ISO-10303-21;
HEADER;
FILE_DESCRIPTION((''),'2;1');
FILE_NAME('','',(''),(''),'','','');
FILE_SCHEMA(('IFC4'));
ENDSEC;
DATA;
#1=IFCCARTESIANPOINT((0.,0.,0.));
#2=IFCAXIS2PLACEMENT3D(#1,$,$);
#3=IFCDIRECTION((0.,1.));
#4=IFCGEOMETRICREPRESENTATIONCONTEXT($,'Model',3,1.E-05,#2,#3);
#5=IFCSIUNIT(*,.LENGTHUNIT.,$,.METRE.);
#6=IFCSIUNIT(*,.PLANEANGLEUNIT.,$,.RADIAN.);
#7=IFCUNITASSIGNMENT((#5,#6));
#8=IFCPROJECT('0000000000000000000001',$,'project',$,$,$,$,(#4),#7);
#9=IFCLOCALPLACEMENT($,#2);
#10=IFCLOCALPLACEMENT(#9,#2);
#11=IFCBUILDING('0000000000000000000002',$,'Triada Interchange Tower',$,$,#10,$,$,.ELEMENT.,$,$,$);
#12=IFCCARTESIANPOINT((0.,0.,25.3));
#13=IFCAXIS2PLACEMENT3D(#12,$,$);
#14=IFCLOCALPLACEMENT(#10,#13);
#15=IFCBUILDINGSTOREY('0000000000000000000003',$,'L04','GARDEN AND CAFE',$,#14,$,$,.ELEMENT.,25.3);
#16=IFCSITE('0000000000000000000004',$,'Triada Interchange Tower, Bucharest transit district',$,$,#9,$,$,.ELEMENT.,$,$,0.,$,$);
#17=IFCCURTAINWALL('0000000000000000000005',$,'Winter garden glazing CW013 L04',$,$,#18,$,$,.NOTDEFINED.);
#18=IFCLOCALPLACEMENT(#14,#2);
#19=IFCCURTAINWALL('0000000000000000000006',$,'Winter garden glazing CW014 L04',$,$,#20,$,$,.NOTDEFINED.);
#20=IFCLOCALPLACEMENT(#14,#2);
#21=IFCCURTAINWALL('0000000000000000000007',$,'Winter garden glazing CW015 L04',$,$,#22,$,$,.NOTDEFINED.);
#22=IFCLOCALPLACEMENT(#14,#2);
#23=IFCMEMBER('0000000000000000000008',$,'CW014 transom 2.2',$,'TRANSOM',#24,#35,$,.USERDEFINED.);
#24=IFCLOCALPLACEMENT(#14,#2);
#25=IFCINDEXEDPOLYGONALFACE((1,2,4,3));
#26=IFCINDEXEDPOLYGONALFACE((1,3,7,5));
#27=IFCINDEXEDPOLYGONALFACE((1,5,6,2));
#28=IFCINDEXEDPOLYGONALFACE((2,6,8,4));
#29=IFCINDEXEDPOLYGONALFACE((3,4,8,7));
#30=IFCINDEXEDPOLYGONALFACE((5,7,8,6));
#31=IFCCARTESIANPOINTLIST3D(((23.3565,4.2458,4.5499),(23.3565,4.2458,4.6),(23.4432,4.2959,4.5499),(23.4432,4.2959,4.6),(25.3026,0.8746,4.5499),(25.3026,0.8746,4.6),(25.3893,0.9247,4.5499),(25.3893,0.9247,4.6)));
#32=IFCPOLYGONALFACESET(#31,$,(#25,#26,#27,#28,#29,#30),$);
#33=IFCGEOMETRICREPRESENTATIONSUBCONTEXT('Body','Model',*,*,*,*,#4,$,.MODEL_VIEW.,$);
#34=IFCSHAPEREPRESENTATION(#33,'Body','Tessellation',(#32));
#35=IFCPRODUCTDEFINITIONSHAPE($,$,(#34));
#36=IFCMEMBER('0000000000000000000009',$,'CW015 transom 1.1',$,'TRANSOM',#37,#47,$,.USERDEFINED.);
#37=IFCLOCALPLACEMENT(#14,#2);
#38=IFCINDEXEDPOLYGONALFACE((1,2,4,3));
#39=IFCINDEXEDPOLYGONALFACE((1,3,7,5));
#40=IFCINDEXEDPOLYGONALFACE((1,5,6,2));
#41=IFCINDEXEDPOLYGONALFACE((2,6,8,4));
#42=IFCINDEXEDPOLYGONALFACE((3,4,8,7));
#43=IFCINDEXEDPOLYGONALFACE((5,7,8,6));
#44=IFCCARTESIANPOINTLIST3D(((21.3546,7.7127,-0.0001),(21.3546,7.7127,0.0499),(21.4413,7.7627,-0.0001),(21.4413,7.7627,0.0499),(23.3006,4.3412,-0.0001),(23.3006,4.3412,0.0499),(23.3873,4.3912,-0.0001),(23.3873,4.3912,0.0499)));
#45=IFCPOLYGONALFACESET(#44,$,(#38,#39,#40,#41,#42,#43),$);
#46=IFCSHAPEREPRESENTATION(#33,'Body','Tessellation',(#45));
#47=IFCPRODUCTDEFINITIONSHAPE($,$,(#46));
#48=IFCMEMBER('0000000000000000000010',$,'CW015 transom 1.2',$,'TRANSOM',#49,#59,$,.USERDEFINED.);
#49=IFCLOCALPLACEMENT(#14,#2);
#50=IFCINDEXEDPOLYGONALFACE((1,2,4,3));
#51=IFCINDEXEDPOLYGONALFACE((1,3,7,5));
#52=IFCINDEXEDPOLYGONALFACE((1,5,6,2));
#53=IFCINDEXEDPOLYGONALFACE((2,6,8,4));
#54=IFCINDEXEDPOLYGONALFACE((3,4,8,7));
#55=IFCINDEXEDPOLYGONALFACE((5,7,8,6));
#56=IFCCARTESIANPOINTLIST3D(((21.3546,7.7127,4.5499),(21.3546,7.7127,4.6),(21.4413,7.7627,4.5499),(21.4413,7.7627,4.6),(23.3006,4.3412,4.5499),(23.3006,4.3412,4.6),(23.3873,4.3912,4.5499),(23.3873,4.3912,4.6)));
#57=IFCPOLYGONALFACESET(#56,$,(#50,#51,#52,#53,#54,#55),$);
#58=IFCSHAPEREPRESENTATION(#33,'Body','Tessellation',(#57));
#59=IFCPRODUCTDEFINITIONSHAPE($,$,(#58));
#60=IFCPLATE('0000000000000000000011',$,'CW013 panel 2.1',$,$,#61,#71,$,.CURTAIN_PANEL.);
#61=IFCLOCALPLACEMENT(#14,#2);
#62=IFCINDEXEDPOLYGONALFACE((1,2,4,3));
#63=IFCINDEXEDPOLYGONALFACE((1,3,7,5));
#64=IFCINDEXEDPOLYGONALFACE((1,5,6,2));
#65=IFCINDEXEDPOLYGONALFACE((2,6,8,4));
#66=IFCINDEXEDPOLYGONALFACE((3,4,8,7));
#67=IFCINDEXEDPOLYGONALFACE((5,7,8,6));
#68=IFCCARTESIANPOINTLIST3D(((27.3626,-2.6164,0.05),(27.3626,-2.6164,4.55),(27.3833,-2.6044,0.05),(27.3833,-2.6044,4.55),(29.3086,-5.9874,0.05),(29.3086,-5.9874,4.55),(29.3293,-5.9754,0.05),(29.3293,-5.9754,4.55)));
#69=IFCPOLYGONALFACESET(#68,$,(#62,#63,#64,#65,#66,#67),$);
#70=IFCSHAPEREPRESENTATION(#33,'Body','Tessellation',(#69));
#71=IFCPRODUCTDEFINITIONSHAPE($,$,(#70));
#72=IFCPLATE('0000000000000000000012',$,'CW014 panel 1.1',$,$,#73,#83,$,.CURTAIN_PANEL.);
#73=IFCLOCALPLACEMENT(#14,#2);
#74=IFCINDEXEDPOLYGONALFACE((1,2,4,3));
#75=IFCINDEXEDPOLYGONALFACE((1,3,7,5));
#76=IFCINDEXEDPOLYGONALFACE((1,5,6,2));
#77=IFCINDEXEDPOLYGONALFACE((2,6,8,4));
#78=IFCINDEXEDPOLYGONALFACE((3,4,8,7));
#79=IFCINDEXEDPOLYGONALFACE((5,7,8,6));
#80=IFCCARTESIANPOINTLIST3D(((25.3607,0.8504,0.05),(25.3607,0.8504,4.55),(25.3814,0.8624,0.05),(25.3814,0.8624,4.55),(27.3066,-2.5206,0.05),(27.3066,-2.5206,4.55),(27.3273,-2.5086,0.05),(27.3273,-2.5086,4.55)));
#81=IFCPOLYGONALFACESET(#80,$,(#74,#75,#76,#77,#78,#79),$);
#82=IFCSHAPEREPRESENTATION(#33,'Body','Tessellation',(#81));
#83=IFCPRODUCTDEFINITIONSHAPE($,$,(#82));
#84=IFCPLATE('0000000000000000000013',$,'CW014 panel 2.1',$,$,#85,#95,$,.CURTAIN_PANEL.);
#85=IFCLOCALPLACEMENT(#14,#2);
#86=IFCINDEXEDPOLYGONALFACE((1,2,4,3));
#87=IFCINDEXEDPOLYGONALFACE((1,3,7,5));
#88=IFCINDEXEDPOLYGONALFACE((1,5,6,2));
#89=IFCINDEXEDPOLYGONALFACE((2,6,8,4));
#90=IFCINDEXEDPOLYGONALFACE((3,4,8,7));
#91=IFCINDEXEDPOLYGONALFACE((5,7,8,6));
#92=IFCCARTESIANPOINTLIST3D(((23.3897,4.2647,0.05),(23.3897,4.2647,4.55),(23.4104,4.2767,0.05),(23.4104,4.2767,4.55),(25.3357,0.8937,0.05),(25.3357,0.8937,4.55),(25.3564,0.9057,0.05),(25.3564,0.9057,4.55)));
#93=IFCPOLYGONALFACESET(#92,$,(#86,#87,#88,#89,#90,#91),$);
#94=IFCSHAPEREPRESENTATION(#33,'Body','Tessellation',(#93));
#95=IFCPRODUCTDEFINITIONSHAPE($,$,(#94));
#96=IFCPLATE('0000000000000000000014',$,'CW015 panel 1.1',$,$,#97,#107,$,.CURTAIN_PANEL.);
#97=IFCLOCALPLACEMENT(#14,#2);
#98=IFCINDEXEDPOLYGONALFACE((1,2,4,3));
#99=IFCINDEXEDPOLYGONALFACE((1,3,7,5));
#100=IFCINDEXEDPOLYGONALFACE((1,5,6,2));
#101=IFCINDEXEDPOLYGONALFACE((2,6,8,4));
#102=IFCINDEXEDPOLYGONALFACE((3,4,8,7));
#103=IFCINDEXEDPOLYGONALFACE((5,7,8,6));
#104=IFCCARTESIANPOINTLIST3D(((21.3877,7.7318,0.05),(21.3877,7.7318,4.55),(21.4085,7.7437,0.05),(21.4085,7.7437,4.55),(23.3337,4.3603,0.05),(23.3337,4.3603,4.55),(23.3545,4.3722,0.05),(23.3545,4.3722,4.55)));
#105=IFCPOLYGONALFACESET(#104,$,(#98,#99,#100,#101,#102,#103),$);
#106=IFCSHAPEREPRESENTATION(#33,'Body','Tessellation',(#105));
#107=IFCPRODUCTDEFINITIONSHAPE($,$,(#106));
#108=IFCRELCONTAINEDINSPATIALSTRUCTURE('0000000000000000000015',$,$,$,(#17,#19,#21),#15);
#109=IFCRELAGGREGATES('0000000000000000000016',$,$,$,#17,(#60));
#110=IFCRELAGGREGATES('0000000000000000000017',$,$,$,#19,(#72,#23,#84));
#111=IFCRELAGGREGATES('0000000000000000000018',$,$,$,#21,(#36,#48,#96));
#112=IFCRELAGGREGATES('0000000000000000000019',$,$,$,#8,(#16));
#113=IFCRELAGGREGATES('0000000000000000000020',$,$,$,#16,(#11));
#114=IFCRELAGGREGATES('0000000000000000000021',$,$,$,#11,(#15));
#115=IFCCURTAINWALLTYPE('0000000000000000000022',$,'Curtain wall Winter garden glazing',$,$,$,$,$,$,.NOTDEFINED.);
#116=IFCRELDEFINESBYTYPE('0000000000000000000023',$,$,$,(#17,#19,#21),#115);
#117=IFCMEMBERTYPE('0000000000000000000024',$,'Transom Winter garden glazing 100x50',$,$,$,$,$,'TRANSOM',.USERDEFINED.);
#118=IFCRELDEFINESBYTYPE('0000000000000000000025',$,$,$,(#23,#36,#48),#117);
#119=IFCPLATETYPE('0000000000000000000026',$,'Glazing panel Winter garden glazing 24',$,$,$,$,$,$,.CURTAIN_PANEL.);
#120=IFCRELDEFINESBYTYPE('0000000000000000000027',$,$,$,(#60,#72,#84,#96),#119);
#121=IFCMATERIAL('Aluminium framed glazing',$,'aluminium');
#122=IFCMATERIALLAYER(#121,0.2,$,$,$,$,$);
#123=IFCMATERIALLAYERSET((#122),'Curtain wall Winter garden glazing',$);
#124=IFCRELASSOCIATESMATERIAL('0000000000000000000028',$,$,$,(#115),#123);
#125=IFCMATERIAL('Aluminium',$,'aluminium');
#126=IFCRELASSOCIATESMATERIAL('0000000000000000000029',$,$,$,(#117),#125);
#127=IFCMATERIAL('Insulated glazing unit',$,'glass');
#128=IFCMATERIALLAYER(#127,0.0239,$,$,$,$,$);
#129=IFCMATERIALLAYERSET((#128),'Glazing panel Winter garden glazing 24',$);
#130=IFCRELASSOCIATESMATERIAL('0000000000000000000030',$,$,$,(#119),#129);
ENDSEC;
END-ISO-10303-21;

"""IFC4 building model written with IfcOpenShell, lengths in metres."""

from ifc_helpers import new_model, si_unit, direction, frame, origin, origin_2d, place, context, subcontext, project, spatial, rectangle, extrude, material, layer, layer_set, material_profile, profile_set, type_object, element, aggregate, save


model = new_model("IFC4")

# Units and contexts
model_context = context("Model", 3, precision=1e-05, world=origin(), true_north=direction((0.0, 1.0)))
body_context = subcontext(model_context, "Body", "Model", "MODEL_VIEW")
ifc_project = project(units=[si_unit("LENGTHUNIT", "METRE"), si_unit("PLANEANGLEUNIT", "RADIAN")], contexts=[model_context])

# Site, building, storey
site_placement = place(None, origin())
site = spatial("IfcSite", under=ifc_project, at=site_placement, Name="Triada Interchange Tower, Bucharest transit district", CompositionType="ELEMENT", RefElevation=0.0)
building_placement = place(site_placement, origin())
building = spatial("IfcBuilding", under=site, at=building_placement, Name="Triada Interchange Tower", CompositionType="ELEMENT")
storey_placement = place(building_placement, frame((0.0, 0.0, 25.3)))
storey = spatial("IfcBuildingStorey", under=building, at=storey_placement, Name="L04", Description="GARDEN AND CAFE", CompositionType="ELEMENT", Elevation=25.3)

# Curtain wall
ifc_material_1 = material(Name="Aluminium framed glazing", Category="aluminium")
ifc_layer_1 = layer(ifc_material_1, 0.2)
ifc_layer_set_1 = layer_set([ifc_layer_1], Name="Curtain wall Winter garden glazing")
curtain_wall_type = type_object("IfcCurtainWallType", Name="Curtain wall Winter garden glazing", PredefinedType="NOTDEFINED", material=ifc_layer_set_1)
curtain_wall_1_placement = place(storey_placement, origin())
curtain_wall_1 = element("IfcCurtainWall", 1, at=curtain_wall_1_placement, inside=storey, type_object=curtain_wall_type, Name="Winter garden glazing CW013 L04", PredefinedType="NOTDEFINED")
ifc_material_2 = material(Name="Aluminium", Category="aluminium")

# Curtain wall
curtain_wall_2_placement = place(storey_placement, origin())
curtain_wall_2 = element("IfcCurtainWall", 2, at=curtain_wall_2_placement, inside=storey, type_object=curtain_wall_type, Name="Winter garden glazing CW014 L04", PredefinedType="NOTDEFINED")

# Curtain wall
curtain_wall_3_placement = place(storey_placement, origin())
curtain_wall_3 = element("IfcCurtainWall", 3, at=curtain_wall_3_placement, inside=storey, type_object=curtain_wall_type, Name="Winter garden glazing CW015 L04", PredefinedType="NOTDEFINED")

# Members
ifc_material_profile_1 = material_profile(ifc_material_2, rectangle(XDim=0.1001, YDim=0.05, at=origin_2d()), Name="Aluminium transom")
ifc_profile_set_1 = profile_set([ifc_material_profile_1], Name="Aluminium")
member_type_1 = type_object("IfcMemberType", Name="Transom Winter garden glazing 100x50", ElementType="TRANSOM", PredefinedType="USERDEFINED", material=ifc_profile_set_1)
member_1_placement = place(storey_placement, frame((25.3459, 0.8997, 4.575), z_axis=(-0.49995, 0.866054, 0.0), x_axis=(-0.866054, -0.49995, 0.0)))
member_1 = element("IfcMember", 4, at=member_1_placement, type_object=member_type_1, Name="CW014 transom 2.2", ObjectType="TRANSOM", PredefinedType="USERDEFINED", context=body_context, shape_type="SweptSolid", body=[
    extrude(rectangle(XDim=0.1001, YDim=0.05, at=origin_2d()), origin(), (0.0, 0.0, 1.0), 3.8926),
])
member_2_placement = place(storey_placement, frame((23.344, 4.3662, 0.0249), z_axis=(-0.499896, 0.866085, 0.0), x_axis=(-0.866085, -0.499896, 0.0)))
member_2 = element("IfcMember", 5, at=member_2_placement, type_object=member_type_1, Name="CW015 transom 1.1", ObjectType="TRANSOM", PredefinedType="USERDEFINED", context=body_context, shape_type="SweptSolid", body=[
    extrude(rectangle(XDim=0.1001, YDim=0.05, at=origin_2d()), origin(), (0.0, 0.0, 1.0), 3.8928),
])
member_3_placement = place(storey_placement, frame((23.344, 4.3662, 4.575), z_axis=(-0.499896, 0.866085, 0.0), x_axis=(-0.866085, -0.499896, 0.0)))
member_3 = element("IfcMember", 6, at=member_3_placement, type_object=member_type_1, Name="CW015 transom 1.2", ObjectType="TRANSOM", PredefinedType="USERDEFINED", context=body_context, shape_type="SweptSolid", body=[
    extrude(rectangle(XDim=0.1001, YDim=0.05, at=origin_2d()), origin(), (0.0, 0.0, 1.0), 3.8928),
])

# Plates
ifc_material_3 = material(Name="Insulated glazing unit", Category="glass")
ifc_layer_2 = layer(ifc_material_3, 0.0239)
ifc_layer_set_2 = layer_set([ifc_layer_2], Name="Glazing panel Winter garden glazing 24")
plate_type = type_object("IfcPlateType", Name="Glazing panel Winter garden glazing 24", PredefinedType="CURTAIN_PANEL", material=ifc_layer_set_2)
plate_1_placement = place(storey_placement, frame((28.3459, -4.2959, 0.05), z_axis=(0.0, 0.0, 1.0), x_axis=(-0.499948, 0.866055, 0.0)))
plate_1 = element("IfcPlate", 7, at=plate_1_placement, type_object=plate_type, Name="CW013 panel 2.1", PredefinedType="CURTAIN_PANEL", context=body_context, shape_type="SweptSolid", body=[
    extrude(rectangle(XDim=3.8923, YDim=0.0239, at=origin_2d()), origin(), (0.0, 0.0, 1.0), 4.5),
])
aggregate(curtain_wall_1, [plate_1])
plate_2_placement = place(storey_placement, frame((26.344, -0.8291, 0.05), z_axis=(0.0, 0.0, 1.0), x_axis=(-0.499948, 0.866055, 0.0)))
plate_2 = element("IfcPlate", 8, at=plate_2_placement, type_object=plate_type, Name="CW014 panel 1.1", PredefinedType="CURTAIN_PANEL", context=body_context, shape_type="SweptSolid", body=[
    extrude(rectangle(XDim=3.8923, YDim=0.0239, at=origin_2d()), origin(), (0.0, 0.0, 1.0), 4.5),
])
plate_3_placement = place(storey_placement, frame((24.373, 2.5852, 0.05), z_axis=(0.0, 0.0, 1.0), x_axis=(-0.499948, 0.866055, 0.0)))
plate_3 = element("IfcPlate", 9, at=plate_3_placement, type_object=plate_type, Name="CW014 panel 2.1", PredefinedType="CURTAIN_PANEL", context=body_context, shape_type="SweptSolid", body=[
    extrude(rectangle(XDim=3.8923, YDim=0.0239, at=origin_2d()), origin(), (0.0, 0.0, 1.0), 4.5),
])
aggregate(curtain_wall_2, [plate_2, member_1, plate_3])
plate_4_placement = place(storey_placement, frame((22.3711, 6.052, 0.05), z_axis=(0.0, 0.0, 1.0), x_axis=(-0.499893, 0.866087, 0.0)))
plate_4 = element("IfcPlate", 10, at=plate_4_placement, type_object=plate_type, Name="CW015 panel 1.1", PredefinedType="CURTAIN_PANEL", context=body_context, shape_type="SweptSolid", body=[
    extrude(rectangle(XDim=3.8928, YDim=0.0239, at=origin_2d()), origin(), (0.0, 0.0, 1.0), 4.5),
])
aggregate(curtain_wall_3, [member_2, member_3, plate_4])

save(model, "model.ifc")
